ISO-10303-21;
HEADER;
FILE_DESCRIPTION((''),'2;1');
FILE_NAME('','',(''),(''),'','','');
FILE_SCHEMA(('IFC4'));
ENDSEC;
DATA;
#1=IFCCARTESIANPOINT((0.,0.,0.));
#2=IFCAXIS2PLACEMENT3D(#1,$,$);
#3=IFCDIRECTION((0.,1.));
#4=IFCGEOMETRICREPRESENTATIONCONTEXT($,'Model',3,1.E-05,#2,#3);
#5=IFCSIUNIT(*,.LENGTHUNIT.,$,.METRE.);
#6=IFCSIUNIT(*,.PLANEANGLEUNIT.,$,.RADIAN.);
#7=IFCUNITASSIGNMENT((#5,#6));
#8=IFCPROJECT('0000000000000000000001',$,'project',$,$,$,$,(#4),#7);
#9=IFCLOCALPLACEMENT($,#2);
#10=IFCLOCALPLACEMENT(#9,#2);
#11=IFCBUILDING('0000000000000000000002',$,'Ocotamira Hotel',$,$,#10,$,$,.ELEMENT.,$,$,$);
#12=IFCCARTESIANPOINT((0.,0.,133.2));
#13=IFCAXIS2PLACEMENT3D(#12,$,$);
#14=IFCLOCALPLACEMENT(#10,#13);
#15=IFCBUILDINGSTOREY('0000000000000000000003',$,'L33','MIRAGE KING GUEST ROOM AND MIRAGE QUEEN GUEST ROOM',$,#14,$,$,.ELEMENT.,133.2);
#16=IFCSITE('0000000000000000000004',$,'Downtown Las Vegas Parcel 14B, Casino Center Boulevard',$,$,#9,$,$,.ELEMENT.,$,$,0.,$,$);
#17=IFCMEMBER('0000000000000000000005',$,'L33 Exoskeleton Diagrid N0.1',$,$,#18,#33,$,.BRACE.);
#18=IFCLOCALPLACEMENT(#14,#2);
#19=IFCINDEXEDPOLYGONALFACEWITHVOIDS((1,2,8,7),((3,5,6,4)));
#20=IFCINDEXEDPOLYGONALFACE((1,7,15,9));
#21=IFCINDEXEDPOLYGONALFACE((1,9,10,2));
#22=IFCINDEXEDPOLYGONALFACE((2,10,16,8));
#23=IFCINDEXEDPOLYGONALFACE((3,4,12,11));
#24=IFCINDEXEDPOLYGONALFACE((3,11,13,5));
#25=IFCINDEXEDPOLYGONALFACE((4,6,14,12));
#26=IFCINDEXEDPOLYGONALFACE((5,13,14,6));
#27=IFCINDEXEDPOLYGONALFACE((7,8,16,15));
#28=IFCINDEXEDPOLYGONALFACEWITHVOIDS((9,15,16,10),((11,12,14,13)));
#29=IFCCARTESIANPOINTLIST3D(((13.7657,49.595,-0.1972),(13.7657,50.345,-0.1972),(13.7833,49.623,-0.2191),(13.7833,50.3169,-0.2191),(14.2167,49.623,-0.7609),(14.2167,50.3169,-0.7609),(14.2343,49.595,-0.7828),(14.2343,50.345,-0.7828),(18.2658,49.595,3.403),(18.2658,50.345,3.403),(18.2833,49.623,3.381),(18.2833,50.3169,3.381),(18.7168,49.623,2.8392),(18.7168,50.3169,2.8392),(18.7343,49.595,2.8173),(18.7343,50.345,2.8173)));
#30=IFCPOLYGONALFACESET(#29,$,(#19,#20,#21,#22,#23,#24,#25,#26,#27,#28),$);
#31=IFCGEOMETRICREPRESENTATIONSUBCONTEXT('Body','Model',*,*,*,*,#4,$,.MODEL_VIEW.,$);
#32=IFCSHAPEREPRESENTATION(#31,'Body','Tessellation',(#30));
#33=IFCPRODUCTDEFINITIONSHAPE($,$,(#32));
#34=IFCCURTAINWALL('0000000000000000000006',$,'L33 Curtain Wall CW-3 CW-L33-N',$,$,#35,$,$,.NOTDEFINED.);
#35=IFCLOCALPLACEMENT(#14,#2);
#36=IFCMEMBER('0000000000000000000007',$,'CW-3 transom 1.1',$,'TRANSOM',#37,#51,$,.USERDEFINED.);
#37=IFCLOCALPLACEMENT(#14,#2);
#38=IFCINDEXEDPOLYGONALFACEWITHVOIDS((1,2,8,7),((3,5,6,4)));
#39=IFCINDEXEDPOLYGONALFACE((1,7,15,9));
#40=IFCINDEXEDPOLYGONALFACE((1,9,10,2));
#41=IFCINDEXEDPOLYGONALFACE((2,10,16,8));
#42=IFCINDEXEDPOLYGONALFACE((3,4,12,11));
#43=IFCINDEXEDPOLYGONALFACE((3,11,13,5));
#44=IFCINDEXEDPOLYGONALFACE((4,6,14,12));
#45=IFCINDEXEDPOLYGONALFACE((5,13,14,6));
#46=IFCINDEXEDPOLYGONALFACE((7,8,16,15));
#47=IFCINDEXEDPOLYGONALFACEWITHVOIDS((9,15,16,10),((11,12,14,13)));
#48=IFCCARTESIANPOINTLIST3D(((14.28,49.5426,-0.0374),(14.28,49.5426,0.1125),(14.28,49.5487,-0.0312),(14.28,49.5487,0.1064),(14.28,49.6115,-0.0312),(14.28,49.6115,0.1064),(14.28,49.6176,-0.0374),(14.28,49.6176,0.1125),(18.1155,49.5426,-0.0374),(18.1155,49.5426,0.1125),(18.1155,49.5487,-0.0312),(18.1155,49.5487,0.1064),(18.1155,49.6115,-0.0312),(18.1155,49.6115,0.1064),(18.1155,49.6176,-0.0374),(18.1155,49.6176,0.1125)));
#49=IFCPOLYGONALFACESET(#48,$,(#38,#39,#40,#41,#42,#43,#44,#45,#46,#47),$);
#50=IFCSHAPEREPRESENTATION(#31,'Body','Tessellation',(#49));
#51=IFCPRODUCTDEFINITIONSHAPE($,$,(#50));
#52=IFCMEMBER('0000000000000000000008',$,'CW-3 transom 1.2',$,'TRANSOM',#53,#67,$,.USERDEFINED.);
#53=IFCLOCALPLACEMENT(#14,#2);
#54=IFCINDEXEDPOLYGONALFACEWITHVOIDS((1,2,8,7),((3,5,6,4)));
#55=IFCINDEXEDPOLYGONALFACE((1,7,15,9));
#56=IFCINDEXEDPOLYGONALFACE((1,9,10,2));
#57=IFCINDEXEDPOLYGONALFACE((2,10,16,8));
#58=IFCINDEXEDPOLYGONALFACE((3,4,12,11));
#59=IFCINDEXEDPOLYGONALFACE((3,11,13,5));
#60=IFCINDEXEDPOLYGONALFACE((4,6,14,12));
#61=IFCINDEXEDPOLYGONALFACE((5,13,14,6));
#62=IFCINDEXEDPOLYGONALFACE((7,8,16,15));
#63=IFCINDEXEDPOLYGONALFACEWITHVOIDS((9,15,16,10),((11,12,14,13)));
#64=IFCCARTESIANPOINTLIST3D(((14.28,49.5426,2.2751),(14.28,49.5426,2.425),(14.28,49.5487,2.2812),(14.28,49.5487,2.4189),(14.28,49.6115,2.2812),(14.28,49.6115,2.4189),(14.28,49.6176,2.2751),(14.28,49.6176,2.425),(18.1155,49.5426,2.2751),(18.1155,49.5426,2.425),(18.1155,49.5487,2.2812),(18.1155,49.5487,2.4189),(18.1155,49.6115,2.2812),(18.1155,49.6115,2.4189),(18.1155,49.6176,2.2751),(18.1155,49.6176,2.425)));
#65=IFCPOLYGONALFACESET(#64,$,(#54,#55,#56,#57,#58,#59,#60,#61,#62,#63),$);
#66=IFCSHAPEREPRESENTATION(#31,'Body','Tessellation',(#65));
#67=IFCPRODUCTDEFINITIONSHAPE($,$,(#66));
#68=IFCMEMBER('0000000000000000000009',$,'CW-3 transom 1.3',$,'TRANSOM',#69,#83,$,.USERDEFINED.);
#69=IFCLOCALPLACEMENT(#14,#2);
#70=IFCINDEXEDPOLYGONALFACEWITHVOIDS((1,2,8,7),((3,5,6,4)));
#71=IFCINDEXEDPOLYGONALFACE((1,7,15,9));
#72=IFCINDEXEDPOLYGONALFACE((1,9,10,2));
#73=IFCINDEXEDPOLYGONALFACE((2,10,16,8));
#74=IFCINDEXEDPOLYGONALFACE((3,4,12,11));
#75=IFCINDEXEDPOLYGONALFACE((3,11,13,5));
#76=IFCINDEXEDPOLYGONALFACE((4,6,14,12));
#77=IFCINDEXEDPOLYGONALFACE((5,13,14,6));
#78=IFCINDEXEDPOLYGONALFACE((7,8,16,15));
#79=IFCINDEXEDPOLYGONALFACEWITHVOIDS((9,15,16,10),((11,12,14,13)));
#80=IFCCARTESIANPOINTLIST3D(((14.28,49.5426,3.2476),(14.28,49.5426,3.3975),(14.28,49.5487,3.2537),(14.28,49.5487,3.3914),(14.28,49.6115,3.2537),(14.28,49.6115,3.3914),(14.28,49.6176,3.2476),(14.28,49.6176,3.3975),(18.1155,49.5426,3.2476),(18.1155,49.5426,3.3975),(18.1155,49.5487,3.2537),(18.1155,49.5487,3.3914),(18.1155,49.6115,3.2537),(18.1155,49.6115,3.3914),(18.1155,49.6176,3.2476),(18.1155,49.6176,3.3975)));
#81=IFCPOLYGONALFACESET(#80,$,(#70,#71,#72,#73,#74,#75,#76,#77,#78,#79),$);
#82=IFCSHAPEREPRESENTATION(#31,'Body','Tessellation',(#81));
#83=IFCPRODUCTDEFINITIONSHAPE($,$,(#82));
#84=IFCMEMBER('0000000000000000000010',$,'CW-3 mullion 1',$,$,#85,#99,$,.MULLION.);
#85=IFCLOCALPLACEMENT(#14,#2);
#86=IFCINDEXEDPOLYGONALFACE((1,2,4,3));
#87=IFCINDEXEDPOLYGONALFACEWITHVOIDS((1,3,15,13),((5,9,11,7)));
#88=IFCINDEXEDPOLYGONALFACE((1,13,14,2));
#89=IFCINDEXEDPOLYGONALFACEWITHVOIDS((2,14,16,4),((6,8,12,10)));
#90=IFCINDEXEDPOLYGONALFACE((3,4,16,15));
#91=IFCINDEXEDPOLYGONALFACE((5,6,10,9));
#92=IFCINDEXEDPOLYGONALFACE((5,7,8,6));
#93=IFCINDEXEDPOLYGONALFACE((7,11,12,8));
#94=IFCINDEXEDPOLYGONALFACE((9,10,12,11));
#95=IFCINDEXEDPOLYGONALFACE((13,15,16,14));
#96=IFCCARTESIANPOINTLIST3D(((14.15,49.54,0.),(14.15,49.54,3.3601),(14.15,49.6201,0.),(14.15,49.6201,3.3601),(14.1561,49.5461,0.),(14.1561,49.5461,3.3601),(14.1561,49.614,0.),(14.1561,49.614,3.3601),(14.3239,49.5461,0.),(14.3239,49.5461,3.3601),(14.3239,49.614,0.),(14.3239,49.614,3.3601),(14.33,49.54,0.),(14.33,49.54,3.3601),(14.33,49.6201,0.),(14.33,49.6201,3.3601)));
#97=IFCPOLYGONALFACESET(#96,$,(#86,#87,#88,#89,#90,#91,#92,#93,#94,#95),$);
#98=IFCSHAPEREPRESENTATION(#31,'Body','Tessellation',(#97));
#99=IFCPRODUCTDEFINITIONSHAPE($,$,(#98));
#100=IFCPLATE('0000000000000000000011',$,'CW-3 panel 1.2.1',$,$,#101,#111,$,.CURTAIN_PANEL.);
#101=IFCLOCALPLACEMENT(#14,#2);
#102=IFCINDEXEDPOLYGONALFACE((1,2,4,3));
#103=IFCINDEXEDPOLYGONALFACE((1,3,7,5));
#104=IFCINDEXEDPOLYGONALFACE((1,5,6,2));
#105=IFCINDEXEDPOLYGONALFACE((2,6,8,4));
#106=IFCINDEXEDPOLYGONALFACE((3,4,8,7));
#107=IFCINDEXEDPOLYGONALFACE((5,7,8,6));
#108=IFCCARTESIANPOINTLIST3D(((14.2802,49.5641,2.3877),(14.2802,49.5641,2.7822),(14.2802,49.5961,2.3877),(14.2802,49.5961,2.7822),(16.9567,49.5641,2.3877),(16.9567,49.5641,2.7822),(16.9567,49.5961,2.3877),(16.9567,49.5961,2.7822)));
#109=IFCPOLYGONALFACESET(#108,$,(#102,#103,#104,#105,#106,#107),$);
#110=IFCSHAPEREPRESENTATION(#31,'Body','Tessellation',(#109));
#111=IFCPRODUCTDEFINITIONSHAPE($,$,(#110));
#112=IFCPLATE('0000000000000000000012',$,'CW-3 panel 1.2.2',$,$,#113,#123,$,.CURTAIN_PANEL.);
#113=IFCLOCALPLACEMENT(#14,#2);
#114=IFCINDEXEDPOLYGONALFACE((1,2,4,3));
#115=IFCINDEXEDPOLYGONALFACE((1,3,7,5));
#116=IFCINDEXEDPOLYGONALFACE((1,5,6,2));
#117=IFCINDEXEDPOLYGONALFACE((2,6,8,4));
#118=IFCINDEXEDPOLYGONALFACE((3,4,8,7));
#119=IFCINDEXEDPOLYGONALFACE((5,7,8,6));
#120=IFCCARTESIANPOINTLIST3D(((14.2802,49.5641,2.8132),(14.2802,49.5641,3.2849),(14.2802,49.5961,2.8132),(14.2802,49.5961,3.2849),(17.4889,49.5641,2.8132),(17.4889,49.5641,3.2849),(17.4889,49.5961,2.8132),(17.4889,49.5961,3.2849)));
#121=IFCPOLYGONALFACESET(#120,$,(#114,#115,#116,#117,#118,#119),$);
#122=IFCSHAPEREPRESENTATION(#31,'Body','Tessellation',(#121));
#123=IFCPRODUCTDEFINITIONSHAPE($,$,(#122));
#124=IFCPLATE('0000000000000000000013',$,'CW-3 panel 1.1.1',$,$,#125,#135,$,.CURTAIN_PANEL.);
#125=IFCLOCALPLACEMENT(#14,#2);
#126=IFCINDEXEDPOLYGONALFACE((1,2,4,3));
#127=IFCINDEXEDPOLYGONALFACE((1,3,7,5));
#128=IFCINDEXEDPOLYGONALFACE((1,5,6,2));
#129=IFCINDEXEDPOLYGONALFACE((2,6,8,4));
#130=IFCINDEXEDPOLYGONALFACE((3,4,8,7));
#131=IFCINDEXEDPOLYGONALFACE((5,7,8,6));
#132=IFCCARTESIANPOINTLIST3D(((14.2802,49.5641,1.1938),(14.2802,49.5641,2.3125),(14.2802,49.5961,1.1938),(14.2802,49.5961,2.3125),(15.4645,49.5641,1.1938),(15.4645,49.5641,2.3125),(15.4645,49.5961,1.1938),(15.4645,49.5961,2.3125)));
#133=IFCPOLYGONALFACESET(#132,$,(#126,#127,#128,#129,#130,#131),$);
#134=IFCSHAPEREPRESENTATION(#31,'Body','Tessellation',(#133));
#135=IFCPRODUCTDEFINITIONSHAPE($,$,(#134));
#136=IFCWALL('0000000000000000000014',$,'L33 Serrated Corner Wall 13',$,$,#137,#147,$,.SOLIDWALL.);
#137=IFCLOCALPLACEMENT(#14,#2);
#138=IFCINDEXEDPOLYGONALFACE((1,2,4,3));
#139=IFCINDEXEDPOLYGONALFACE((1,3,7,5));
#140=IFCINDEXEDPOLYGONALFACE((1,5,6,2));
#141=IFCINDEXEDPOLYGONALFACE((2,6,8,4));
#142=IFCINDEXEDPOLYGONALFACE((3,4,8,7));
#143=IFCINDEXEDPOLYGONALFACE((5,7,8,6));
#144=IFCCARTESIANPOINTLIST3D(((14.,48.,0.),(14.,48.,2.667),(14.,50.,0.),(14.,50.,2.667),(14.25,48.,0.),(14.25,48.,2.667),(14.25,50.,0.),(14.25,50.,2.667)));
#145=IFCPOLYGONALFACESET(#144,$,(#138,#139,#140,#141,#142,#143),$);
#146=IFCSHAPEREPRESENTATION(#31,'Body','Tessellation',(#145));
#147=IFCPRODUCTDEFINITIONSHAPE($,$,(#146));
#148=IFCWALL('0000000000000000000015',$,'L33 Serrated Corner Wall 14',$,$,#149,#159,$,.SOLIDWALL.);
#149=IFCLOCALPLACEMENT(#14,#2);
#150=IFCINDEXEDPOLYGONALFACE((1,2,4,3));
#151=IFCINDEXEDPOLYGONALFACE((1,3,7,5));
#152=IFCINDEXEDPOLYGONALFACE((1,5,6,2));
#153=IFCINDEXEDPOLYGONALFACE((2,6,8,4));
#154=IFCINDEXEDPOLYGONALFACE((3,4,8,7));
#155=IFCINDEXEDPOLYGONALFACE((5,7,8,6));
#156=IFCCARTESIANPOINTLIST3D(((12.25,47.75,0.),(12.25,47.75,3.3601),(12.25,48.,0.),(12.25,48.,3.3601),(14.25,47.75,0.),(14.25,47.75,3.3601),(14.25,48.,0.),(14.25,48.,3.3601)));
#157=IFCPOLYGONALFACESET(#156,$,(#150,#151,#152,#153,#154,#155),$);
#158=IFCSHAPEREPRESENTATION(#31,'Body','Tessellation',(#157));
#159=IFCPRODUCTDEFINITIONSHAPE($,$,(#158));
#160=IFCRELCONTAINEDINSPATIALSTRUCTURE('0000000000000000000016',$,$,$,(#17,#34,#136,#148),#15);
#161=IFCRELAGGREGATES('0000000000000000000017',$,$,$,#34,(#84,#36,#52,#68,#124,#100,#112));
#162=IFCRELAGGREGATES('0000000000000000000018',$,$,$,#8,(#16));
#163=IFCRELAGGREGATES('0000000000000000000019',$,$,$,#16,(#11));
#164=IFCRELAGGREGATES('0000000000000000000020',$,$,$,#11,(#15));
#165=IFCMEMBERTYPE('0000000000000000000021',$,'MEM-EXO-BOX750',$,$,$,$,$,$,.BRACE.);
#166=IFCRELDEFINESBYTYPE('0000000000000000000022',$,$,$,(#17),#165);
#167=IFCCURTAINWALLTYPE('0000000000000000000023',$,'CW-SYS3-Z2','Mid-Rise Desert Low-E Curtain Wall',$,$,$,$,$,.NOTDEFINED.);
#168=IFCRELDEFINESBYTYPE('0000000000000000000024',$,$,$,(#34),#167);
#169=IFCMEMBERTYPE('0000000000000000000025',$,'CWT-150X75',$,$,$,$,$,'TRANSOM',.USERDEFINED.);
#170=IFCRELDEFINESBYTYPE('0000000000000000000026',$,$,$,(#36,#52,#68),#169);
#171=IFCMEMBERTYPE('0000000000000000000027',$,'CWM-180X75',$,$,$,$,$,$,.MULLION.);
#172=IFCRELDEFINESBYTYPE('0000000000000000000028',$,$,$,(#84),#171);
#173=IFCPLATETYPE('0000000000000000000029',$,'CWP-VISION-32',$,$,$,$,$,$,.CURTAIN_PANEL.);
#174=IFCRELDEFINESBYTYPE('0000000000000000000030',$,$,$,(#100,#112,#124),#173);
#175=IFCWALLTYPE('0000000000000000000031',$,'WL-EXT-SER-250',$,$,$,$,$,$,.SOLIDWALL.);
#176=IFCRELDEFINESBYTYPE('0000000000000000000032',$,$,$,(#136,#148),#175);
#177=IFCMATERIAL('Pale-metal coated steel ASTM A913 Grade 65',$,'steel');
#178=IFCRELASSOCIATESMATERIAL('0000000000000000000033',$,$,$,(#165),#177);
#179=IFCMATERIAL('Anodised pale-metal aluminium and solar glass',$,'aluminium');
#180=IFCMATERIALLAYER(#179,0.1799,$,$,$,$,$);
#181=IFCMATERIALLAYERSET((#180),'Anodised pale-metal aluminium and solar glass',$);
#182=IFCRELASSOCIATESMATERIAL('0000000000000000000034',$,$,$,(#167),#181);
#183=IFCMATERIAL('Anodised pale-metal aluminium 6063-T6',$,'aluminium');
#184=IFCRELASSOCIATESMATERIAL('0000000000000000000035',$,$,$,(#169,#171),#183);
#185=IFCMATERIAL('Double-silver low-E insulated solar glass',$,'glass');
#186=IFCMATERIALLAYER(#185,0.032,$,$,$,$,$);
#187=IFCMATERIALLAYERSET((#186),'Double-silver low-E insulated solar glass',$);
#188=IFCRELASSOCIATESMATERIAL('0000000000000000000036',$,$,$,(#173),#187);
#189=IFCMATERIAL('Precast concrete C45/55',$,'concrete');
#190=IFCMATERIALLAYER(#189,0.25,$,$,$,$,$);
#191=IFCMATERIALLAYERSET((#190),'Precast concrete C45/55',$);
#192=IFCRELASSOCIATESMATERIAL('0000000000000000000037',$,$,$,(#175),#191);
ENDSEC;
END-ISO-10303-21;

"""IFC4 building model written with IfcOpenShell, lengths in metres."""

from ifc_helpers import new_model, si_unit, direction, frame, frame_2d, origin, origin_2d, place, context, subcontext, project, spatial, rectangle, hollow_rectangle, extrude, source, transform, mapped, material, layer, layer_set, material_profile, profile_set, type_object, element, aggregate, save


model = new_model("IFC4")

# Units and contexts
model_context = context("Model", 3, precision=1e-05, world=origin(), true_north=direction((0.0, 1.0)))
body_context = subcontext(model_context, "Body", "Model", "MODEL_VIEW")
ifc_project = project(units=[si_unit("LENGTHUNIT", "METRE"), si_unit("PLANEANGLEUNIT", "RADIAN")], contexts=[model_context])

# Site, building, storey
site_placement = place(None, origin())
site = spatial("IfcSite", under=ifc_project, at=site_placement, Name="Downtown Las Vegas Parcel 14B, Casino Center Boulevard", CompositionType="ELEMENT", RefElevation=0.0)
building_placement = place(site_placement, origin())
building = spatial("IfcBuilding", under=site, at=building_placement, Name="Ocotamira Hotel", CompositionType="ELEMENT")
storey_placement = place(building_placement, frame((0.0, 0.0, 133.2)))
storey = spatial("IfcBuildingStorey", under=building, at=storey_placement, Name="L33", Description="MIRAGE KING GUEST ROOM AND MIRAGE QUEEN GUEST ROOM", CompositionType="ELEMENT", Elevation=133.2)

# Member
ifc_material_1 = material(Name="Pale-metal coated steel ASTM A913 Grade 65", Category="steel")
ifc_material_profile_1 = material_profile(ifc_material_1, hollow_rectangle(XDim=0.75, YDim=0.75, WallThickness=0.0281, at=origin_2d()), Name="BOX750X750X28")
ifc_profile_set_1 = profile_set([ifc_material_profile_1], Name="Pale-metal coated steel ASTM A913 Grade 65")
member_type_1 = type_object("IfcMemberType", Name="MEM-EXO-BOX750", PredefinedType="BRACE", material=ifc_profile_set_1)
shared_shape_1 = source(origin(), body_context, "Body", "SweptSolid", [
    extrude(hollow_rectangle(XDim=0.75, YDim=0.75, WallThickness=0.0281, at=origin_2d()), origin(), (0.0, 0.0, 1.0), 5.7629),
])
member_1_placement = place(storey_placement, frame((14.0, 49.97, -0.49), z_axis=(0.780861, 0.0, 0.624705), x_axis=(0.0, 1.0, 0.0)))
element("IfcMember", 1, at=member_1_placement, inside=storey, type_object=member_type_1, Name="L33 Exoskeleton Diagrid N0.1", PredefinedType="BRACE", context=body_context, shape_type="MappedRepresentation", body=[
    mapped(shared_shape_1, transform((0.0, 0.0, 0.0), scale=1.0)),
])

# Curtain wall, members, plates
ifc_material_2 = material(Name="Anodised pale-metal aluminium and solar glass", Category="aluminium")
ifc_layer_1 = layer(ifc_material_2, 0.1799)
ifc_layer_set_1 = layer_set([ifc_layer_1], Name="Anodised pale-metal aluminium and solar glass")
curtain_wall_type = type_object("IfcCurtainWallType", Name="CW-SYS3-Z2", Description="Mid-Rise Desert Low-E Curtain Wall", PredefinedType="NOTDEFINED", material=ifc_layer_set_1)
curtain_wall_placement = place(storey_placement, origin())
curtain_wall = element("IfcCurtainWall", 2, at=curtain_wall_placement, inside=storey, type_object=curtain_wall_type, Name="L33 Curtain Wall CW-3 CW-L33-N", PredefinedType="NOTDEFINED")
ifc_material_3 = material(Name="Anodised pale-metal aluminium 6063-T6", Category="aluminium")
ifc_material_profile_2 = material_profile(ifc_material_3, hollow_rectangle(XDim=0.075, YDim=0.1499, WallThickness=0.0061, at=origin_2d()), Name="HSS150X75X6")
ifc_profile_set_2 = profile_set([ifc_material_profile_2], Name="Anodised pale-metal aluminium 6063-T6")
member_type_2 = type_object("IfcMemberType", Name="CWT-150X75", ElementType="TRANSOM", PredefinedType="USERDEFINED", material=ifc_profile_set_2)
shared_shape_2 = source(origin(), body_context, "Body", "SweptSolid", [
    extrude(hollow_rectangle(XDim=0.075, YDim=0.1499, WallThickness=0.0061, at=origin_2d()), origin(), (0.0, 0.0, 1.0), 3.8354),
])
member_2_placement = place(storey_placement, frame((14.28, 49.5801, 0.0376), z_axis=(1.0, 0.0, 0.0), x_axis=(0.0, 1.0, 0.0)))
member_2 = element("IfcMember", 3, at=member_2_placement, type_object=member_type_2, Name="CW-3 transom 1.1", ObjectType="TRANSOM", PredefinedType="USERDEFINED", context=body_context, shape_type="MappedRepresentation", body=[
    mapped(shared_shape_2, transform((0.0, 0.0, 0.0), scale=1.0)),
])
member_3_placement = place(storey_placement, frame((14.28, 49.5801, 2.3501), z_axis=(1.0, 0.0, 0.0), x_axis=(0.0, 1.0, 0.0)))
member_3 = element("IfcMember", 4, at=member_3_placement, type_object=member_type_2, Name="CW-3 transom 1.2", ObjectType="TRANSOM", PredefinedType="USERDEFINED", context=body_context, shape_type="MappedRepresentation", body=[
    mapped(shared_shape_2, transform((0.0, 0.0, 0.0), scale=1.0)),
])
member_4_placement = place(storey_placement, frame((14.28, 49.5801, 3.3225), z_axis=(1.0, 0.0, 0.0), x_axis=(0.0, 1.0, 0.0)))
member_4 = element("IfcMember", 5, at=member_4_placement, type_object=member_type_2, Name="CW-3 transom 1.3", ObjectType="TRANSOM", PredefinedType="USERDEFINED", context=body_context, shape_type="MappedRepresentation", body=[
    mapped(shared_shape_2, transform((0.0, 0.0, 0.0), scale=1.0)),
])
ifc_material_profile_3 = material_profile(ifc_material_3, hollow_rectangle(XDim=0.0801, YDim=0.1799, WallThickness=0.0061, at=origin_2d()), Name="HSS180X80X6")
ifc_profile_set_3 = profile_set([ifc_material_profile_3], Name="Anodised pale-metal aluminium 6063-T6")
member_type_3 = type_object("IfcMemberType", Name="CWM-180X75", PredefinedType="MULLION", material=ifc_profile_set_3)
shared_shape_3 = source(origin(), body_context, "Body", "SweptSolid", [
    extrude(hollow_rectangle(XDim=0.0801, YDim=0.1799, WallThickness=0.0061, at=origin_2d()), origin(), (0.0, 0.0, 1.0), 3.3601),
])
member_5_placement = place(storey_placement, frame((14.24, 49.5801, 0.0), z_axis=(0.0, 0.0, 1.0), x_axis=(0.0, 1.0, 0.0)))
member_5 = element("IfcMember", 6, at=member_5_placement, type_object=member_type_3, Name="CW-3 mullion 1", PredefinedType="MULLION", context=body_context, shape_type="MappedRepresentation", body=[
    mapped(shared_shape_3, transform((0.0, 0.0, 0.0), scale=1.0)),
])
ifc_material_4 = material(Name="Double-silver low-E insulated solar glass", Category="glass")
ifc_layer_2 = layer(ifc_material_4, 0.032)
ifc_layer_set_2 = layer_set([ifc_layer_2], Name="Double-silver low-E insulated solar glass")
plate_type = type_object("IfcPlateType", Name="CWP-VISION-32", PredefinedType="CURTAIN_PANEL", material=ifc_layer_set_2)
shared_shape_4 = source(origin(), body_context, "Body", "SweptSolid", [
    extrude(rectangle(XDim=2.6765, YDim=0.032, at=origin_2d()), origin(), (0.0, 0.0, 1.0), 0.3945),
])
plate_1_placement = place(storey_placement, frame((15.6184, 49.5801, 2.3877), z_axis=(0.0, 0.0, 1.0), x_axis=(1.0, 0.0, 0.0)))
plate_1 = element("IfcPlate", 7, at=plate_1_placement, type_object=plate_type, Name="CW-3 panel 1.2.1", PredefinedType="CURTAIN_PANEL", context=body_context, shape_type="MappedRepresentation", body=[
    mapped(shared_shape_4, transform((0.0, 0.0, 0.0), scale=1.0)),
])
shared_shape_5 = source(origin(), body_context, "Body", "SweptSolid", [
    extrude(rectangle(XDim=3.2087, YDim=0.032, at=origin_2d()), origin(), (0.0, 0.0, 1.0), 0.4717),
])
plate_2_placement = place(storey_placement, frame((15.8845, 49.5801, 2.8132), z_axis=(0.0, 0.0, 1.0), x_axis=(1.0, 0.0, 0.0)))
plate_2 = element("IfcPlate", 8, at=plate_2_placement, type_object=plate_type, Name="CW-3 panel 1.2.2", PredefinedType="CURTAIN_PANEL", context=body_context, shape_type="MappedRepresentation", body=[
    mapped(shared_shape_5, transform((0.0, 0.0, 0.0), scale=1.0)),
])
shared_shape_6 = source(origin(), body_context, "Body", "SweptSolid", [
    extrude(rectangle(XDim=1.1843, YDim=0.032, at=origin_2d()), origin(), (0.0, 0.0, 1.0), 1.1187),
])
plate_3_placement = place(storey_placement, frame((14.8723, 49.5801, 1.1938), z_axis=(0.0, 0.0, 1.0), x_axis=(1.0, 0.0, 0.0)))
plate_3 = element("IfcPlate", 9, at=plate_3_placement, type_object=plate_type, Name="CW-3 panel 1.1.1", PredefinedType="CURTAIN_PANEL", context=body_context, shape_type="MappedRepresentation", body=[
    mapped(shared_shape_6, transform((0.0, 0.0, 0.0), scale=1.0)),
])
aggregate(curtain_wall, [member_5, member_2, member_3, member_4, plate_3, plate_1, plate_2])

# Walls
ifc_material_5 = material(Name="Precast concrete C45/55", Category="concrete")
ifc_layer_3 = layer(ifc_material_5, 0.25)
ifc_layer_set_3 = layer_set([ifc_layer_3], Name="Precast concrete C45/55")
wall_type = type_object("IfcWallType", Name="WL-EXT-SER-250", PredefinedType="SOLIDWALL", material=ifc_layer_set_3)
wall_1_placement = place(storey_placement, frame((14.125, 50.0, 0.0), z_axis=(0.0, 0.0, 1.0), x_axis=(0.0, -1.0, 0.0)))
element("IfcWall", 10, at=wall_1_placement, inside=storey, type_object=wall_type, Name="L33 Serrated Corner Wall 13", PredefinedType="SOLIDWALL", context=body_context, shape_type="SweptSolid", body=[
    extrude(rectangle(XDim=2.0, YDim=0.25, at=frame_2d((1.0, 0.0))), origin(), (0.0, 0.0, 1.0), 2.667),
])
wall_2_placement = place(storey_placement, frame((14.25, 47.875, 0.0), z_axis=(0.0, 0.0, 1.0), x_axis=(-1.0, 0.0, 0.0)))
element("IfcWall", 11, at=wall_2_placement, inside=storey, type_object=wall_type, Name="L33 Serrated Corner Wall 14", PredefinedType="SOLIDWALL", context=body_context, shape_type="SweptSolid", body=[
    extrude(rectangle(XDim=2.0, YDim=0.25, at=frame_2d((1.0, 0.0))), origin(), (0.0, 0.0, 1.0), 3.3601),
])

save(model, "model.ifc")
